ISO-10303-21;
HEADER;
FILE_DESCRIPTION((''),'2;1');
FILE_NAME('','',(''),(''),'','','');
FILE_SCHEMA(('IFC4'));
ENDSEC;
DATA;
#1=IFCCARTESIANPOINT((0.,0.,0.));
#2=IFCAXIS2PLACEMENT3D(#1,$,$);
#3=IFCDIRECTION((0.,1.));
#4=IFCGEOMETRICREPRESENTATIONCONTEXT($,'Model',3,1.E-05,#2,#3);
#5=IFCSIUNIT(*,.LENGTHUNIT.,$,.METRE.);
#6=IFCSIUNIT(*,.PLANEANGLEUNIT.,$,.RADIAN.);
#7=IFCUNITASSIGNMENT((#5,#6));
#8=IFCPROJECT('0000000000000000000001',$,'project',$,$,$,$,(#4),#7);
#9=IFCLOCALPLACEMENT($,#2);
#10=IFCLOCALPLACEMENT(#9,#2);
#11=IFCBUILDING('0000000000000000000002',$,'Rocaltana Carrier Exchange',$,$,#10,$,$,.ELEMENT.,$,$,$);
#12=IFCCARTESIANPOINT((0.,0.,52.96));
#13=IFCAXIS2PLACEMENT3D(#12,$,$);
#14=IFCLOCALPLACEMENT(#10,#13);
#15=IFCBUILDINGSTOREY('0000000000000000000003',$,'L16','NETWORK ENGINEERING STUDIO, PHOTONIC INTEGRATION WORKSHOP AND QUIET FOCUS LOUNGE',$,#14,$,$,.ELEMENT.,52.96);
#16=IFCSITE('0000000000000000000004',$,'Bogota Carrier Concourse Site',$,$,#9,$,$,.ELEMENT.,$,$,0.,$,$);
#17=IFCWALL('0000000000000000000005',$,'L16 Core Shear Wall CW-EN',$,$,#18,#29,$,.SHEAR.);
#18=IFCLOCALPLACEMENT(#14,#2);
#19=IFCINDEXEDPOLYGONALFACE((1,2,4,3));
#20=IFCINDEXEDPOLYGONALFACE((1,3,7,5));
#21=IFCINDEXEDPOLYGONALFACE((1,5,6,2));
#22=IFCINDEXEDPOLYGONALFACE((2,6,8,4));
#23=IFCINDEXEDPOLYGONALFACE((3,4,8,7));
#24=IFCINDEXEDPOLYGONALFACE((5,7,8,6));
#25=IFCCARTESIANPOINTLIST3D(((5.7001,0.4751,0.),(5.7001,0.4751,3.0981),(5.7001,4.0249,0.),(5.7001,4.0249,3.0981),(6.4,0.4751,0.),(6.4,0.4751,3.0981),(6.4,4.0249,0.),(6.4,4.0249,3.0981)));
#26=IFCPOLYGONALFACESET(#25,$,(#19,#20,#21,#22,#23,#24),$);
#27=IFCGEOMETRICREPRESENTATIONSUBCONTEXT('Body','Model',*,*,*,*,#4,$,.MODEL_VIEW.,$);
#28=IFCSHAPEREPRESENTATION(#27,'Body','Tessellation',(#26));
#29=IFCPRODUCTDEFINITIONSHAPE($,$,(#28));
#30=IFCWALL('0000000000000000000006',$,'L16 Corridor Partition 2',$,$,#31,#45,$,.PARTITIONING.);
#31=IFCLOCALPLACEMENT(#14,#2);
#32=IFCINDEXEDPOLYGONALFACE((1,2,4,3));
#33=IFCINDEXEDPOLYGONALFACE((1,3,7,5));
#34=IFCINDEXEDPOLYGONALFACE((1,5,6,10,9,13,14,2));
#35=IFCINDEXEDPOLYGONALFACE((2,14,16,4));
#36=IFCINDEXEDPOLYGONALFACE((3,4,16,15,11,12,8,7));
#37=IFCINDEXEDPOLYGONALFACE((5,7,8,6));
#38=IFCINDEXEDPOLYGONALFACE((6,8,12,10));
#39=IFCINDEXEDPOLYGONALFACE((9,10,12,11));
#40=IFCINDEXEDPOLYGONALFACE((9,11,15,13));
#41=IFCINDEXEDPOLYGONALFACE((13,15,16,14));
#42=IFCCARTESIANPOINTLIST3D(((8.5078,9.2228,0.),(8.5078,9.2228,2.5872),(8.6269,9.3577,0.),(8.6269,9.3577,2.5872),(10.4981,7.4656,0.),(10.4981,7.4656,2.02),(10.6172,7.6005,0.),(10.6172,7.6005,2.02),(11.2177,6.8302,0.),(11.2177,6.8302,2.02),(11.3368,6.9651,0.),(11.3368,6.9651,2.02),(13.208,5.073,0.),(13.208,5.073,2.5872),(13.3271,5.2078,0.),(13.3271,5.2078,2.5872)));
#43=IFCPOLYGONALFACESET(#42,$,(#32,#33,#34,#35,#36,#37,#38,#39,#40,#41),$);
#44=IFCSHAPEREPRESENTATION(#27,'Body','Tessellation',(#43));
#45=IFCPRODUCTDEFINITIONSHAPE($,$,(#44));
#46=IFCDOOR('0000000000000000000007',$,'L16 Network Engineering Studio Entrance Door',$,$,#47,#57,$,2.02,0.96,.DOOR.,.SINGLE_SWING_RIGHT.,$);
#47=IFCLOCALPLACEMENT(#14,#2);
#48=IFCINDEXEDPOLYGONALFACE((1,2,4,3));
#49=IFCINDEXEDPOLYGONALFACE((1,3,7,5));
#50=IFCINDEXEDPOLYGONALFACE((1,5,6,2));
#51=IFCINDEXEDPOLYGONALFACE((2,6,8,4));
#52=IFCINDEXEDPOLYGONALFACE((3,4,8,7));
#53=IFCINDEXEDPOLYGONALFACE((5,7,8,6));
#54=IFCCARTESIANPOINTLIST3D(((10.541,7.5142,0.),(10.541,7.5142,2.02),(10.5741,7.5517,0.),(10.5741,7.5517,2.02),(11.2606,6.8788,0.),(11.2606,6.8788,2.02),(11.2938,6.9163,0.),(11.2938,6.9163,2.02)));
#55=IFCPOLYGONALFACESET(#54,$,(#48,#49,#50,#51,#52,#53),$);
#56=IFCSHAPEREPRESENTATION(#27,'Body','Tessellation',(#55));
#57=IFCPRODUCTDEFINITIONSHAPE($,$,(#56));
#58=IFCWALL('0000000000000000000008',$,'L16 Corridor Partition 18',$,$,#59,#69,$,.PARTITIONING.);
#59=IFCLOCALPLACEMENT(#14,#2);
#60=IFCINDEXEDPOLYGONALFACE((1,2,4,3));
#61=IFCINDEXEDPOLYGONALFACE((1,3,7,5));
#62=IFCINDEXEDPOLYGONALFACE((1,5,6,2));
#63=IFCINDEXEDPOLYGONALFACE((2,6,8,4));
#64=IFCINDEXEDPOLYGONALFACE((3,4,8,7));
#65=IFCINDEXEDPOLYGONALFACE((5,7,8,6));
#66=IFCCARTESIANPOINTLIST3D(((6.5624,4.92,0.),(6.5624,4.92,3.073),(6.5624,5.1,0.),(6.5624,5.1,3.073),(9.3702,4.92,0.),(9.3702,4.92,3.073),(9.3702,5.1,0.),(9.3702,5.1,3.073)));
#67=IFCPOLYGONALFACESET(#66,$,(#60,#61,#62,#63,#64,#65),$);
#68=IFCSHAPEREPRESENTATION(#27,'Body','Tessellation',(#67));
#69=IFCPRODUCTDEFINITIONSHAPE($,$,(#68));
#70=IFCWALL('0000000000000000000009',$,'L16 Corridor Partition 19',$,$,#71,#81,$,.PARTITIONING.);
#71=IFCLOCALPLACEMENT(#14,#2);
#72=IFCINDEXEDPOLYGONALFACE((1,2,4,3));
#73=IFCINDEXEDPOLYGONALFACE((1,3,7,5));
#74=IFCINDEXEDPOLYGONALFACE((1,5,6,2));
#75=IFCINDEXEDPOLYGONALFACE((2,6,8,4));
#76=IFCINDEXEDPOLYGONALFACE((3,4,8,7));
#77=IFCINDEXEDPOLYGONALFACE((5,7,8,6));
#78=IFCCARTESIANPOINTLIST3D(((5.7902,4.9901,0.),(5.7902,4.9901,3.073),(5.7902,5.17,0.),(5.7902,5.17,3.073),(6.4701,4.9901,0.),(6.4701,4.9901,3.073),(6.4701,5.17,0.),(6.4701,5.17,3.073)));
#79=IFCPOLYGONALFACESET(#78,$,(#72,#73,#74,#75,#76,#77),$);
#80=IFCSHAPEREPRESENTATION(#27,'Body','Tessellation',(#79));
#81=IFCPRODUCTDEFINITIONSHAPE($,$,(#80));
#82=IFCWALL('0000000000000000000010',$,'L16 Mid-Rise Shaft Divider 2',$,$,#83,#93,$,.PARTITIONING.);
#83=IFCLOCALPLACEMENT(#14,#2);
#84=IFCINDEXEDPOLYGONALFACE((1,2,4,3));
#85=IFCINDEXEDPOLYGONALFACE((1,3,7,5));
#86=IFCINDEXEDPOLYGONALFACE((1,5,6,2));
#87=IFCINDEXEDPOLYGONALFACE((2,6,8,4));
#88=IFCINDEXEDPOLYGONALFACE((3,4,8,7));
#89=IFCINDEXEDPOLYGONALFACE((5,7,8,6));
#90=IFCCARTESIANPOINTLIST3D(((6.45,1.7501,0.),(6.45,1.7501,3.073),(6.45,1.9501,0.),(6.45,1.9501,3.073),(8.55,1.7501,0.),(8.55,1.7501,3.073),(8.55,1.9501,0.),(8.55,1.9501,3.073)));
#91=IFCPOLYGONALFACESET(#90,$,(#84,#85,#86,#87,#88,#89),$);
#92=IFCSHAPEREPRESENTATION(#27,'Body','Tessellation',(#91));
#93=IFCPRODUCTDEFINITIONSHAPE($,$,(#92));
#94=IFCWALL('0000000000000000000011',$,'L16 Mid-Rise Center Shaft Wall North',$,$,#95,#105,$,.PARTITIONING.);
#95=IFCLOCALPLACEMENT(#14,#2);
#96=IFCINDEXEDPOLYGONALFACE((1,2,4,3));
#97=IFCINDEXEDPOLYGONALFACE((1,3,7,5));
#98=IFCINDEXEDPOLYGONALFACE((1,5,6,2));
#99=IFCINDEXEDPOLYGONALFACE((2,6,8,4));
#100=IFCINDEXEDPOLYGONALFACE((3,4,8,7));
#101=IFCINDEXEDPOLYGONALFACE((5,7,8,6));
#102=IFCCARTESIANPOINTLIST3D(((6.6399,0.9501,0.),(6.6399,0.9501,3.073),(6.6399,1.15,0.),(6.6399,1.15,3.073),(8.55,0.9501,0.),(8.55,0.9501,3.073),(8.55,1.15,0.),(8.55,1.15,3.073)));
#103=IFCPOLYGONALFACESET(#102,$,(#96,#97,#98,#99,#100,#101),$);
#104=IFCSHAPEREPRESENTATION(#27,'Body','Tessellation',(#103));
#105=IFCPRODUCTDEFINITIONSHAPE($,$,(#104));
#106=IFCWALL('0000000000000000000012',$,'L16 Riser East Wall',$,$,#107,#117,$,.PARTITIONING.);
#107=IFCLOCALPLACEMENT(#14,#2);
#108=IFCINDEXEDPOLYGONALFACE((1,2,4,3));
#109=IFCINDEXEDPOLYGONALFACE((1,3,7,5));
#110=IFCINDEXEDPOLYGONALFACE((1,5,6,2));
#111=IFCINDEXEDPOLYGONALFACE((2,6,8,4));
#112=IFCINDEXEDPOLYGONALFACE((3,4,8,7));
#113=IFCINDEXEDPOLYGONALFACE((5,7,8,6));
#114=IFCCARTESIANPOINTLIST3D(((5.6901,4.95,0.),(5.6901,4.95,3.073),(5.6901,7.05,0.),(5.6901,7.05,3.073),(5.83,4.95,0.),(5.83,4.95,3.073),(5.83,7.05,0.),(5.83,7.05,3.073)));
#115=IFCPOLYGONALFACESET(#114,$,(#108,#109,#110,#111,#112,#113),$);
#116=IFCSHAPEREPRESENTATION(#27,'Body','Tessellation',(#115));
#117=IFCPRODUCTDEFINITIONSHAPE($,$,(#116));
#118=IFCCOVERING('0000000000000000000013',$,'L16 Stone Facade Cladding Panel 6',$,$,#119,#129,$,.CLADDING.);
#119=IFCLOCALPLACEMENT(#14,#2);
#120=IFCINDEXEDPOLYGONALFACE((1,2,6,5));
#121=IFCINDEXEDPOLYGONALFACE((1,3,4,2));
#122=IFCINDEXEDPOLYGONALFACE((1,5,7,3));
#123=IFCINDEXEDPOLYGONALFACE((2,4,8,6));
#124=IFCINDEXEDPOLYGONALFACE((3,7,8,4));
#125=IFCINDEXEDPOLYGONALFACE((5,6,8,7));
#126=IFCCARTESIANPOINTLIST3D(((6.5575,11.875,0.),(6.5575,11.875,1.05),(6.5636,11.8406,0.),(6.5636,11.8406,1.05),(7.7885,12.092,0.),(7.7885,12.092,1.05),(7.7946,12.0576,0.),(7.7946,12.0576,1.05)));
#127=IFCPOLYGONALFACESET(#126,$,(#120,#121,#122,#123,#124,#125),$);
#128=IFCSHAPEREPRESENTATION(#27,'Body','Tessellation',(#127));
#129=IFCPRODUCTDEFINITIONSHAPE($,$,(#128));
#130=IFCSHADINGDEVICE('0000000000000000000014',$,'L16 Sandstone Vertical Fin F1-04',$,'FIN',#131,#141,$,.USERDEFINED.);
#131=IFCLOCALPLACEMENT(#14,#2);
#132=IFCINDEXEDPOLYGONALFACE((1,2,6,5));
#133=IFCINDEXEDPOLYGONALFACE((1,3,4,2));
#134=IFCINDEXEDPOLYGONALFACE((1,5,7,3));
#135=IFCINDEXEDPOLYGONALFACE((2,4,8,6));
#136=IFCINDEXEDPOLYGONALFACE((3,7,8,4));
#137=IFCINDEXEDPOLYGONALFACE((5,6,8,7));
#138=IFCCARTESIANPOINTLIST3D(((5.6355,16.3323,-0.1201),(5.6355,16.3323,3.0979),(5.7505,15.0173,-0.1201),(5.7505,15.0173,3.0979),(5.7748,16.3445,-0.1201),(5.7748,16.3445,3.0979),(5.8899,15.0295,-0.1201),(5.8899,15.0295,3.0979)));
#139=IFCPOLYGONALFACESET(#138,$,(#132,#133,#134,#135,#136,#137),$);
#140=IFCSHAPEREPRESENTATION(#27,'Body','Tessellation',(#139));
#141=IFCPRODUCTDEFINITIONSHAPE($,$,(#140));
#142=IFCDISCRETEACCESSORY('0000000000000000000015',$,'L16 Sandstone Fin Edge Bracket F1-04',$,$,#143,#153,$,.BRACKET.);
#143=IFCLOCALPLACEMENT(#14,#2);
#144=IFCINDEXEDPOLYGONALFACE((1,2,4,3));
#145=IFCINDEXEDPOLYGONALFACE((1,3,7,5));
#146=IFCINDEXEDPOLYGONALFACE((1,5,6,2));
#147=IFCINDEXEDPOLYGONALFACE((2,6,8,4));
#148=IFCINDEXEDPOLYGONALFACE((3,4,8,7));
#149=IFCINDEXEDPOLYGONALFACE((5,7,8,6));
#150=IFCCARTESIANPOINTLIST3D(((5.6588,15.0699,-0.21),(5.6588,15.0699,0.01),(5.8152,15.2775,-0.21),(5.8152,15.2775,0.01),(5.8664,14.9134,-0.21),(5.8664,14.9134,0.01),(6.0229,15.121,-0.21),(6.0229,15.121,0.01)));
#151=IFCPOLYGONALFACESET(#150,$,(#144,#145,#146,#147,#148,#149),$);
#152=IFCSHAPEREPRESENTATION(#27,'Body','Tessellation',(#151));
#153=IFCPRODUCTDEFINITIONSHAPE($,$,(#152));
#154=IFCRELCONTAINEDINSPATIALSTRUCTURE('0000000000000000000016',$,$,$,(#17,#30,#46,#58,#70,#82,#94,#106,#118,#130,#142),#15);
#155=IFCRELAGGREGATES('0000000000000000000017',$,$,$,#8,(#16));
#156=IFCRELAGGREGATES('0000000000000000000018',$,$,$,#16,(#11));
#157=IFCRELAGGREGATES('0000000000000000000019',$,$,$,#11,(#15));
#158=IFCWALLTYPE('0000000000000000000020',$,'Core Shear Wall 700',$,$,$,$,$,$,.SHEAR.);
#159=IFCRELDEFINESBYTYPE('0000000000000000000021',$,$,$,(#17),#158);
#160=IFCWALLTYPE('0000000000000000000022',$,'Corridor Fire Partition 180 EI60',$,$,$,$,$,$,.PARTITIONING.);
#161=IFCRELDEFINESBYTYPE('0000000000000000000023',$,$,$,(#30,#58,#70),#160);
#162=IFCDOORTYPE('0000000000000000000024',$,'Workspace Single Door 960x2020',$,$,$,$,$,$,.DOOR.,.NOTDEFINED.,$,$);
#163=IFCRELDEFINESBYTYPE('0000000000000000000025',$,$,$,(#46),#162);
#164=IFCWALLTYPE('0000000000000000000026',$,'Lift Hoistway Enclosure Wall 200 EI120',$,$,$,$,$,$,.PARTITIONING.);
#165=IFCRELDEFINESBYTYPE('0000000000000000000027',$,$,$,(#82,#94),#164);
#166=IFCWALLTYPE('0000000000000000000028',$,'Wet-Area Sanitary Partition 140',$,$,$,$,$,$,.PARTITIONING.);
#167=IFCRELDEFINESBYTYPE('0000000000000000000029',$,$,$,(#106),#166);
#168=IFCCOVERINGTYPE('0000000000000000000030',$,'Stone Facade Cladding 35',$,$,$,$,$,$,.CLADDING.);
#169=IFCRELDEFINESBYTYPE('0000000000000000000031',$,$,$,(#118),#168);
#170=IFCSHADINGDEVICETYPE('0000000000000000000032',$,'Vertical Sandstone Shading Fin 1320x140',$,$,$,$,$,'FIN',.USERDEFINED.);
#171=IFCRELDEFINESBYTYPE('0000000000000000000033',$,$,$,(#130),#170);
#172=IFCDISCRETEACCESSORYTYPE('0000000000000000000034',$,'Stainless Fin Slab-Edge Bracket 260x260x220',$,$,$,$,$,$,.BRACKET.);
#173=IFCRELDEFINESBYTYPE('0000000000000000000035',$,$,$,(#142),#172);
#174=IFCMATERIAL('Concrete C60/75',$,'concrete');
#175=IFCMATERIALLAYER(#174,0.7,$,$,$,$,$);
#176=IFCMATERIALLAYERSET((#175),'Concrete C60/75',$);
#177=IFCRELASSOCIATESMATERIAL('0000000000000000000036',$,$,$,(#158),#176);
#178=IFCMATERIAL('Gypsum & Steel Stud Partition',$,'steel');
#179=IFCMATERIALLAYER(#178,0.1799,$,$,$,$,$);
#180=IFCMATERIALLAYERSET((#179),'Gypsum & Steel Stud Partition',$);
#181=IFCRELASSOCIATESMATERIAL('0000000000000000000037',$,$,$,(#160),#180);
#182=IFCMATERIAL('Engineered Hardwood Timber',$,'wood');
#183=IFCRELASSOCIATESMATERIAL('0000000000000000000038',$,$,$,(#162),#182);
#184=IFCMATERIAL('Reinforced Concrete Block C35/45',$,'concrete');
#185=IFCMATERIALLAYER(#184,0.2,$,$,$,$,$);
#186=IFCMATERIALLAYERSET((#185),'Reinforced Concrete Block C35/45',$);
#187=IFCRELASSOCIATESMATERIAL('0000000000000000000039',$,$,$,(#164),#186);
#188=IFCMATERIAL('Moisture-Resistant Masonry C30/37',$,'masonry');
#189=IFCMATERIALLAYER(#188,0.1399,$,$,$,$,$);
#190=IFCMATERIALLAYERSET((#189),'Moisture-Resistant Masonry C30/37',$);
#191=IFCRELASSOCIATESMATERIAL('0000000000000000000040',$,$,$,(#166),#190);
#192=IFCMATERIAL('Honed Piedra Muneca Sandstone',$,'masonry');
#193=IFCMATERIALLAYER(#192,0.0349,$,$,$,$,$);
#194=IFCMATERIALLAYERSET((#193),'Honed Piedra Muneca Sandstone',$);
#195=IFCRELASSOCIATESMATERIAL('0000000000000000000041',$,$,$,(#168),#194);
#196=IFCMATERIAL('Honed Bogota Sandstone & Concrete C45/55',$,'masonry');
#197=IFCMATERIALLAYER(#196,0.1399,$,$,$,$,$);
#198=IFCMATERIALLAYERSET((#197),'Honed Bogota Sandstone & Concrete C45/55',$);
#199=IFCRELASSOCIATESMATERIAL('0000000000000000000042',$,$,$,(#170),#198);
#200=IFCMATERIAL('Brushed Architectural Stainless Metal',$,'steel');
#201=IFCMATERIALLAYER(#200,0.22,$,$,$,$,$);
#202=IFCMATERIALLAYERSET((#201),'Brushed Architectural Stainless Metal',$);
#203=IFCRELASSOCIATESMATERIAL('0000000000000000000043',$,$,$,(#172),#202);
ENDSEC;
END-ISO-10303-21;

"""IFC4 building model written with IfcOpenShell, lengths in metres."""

from ifc_helpers import new_model, si_unit, direction, frame, frame_2d, origin, origin_2d, place, context, subcontext, project, spatial, rectangle, extrude, material, layer, layer_set, type_object, element, fill, save


model = new_model("IFC4")

# Units and contexts
model_context = context("Model", 3, precision=1e-05, world=origin(), true_north=direction((0.0, 1.0)))
body_context = subcontext(model_context, "Body", "Model", "MODEL_VIEW")
ifc_project = project(units=[si_unit("LENGTHUNIT", "METRE"), si_unit("PLANEANGLEUNIT", "RADIAN")], contexts=[model_context])

# Site, building, storey
site_placement = place(None, origin())
site = spatial("IfcSite", under=ifc_project, at=site_placement, Name="Bogota Carrier Concourse Site", CompositionType="ELEMENT", RefElevation=0.0)
building_placement = place(site_placement, origin())
building = spatial("IfcBuilding", under=site, at=building_placement, Name="Rocaltana Carrier Exchange", CompositionType="ELEMENT")
storey_placement = place(building_placement, frame((0.0, 0.0, 52.96)))
storey = spatial("IfcBuildingStorey", under=building, at=storey_placement, Name="L16", Description="NETWORK ENGINEERING STUDIO, PHOTONIC INTEGRATION WORKSHOP AND QUIET FOCUS LOUNGE", CompositionType="ELEMENT", Elevation=52.96)

# Wall
ifc_material_1 = material(Name="Concrete C60/75", Category="concrete")
ifc_layer_1 = layer(ifc_material_1, 0.7)
ifc_layer_set_1 = layer_set([ifc_layer_1], Name="Concrete C60/75")
wall_type_1 = type_object("IfcWallType", Name="Core Shear Wall 700", PredefinedType="SHEAR", material=ifc_layer_set_1)
wall_1_placement = place(storey_placement, frame((6.05, 0.4751, 0.0), z_axis=(0.0, 0.0, 1.0), x_axis=(0.0, 1.0, 0.0)))
element("IfcWall", 1, at=wall_1_placement, inside=storey, type_object=wall_type_1, Name="L16 Core Shear Wall CW-EN", PredefinedType="SHEAR", context=body_context, shape_type="SweptSolid", body=[
    extrude(rectangle(XDim=3.5498, YDim=0.7, at=frame_2d((1.7749, 0.0))), origin(), (0.0, 0.0, 1.0), 3.0981),
])

# Wall, opening, door
ifc_material_2 = material(Name="Gypsum & Steel Stud Partition", Category="steel")
ifc_layer_2 = layer(ifc_material_2, 0.1799)
ifc_layer_set_2 = layer_set([ifc_layer_2], Name="Gypsum & Steel Stud Partition")
wall_type_2 = type_object("IfcWallType", Name="Corridor Fire Partition 180 EI60", PredefinedType="PARTITIONING", material=ifc_layer_set_2)
wall_2_placement = place(storey_placement, frame((8.5674, 9.2903, 0.0), z_axis=(0.0, 0.0, 1.0), x_axis=(0.749626, -0.661861, 0.0)))
wall_2 = element("IfcWall", 2, at=wall_2_placement, inside=storey, type_object=wall_type_2, Name="L16 Corridor Partition 2", PredefinedType="PARTITIONING", context=body_context, shape_type="SweptSolid", body=[
    extrude(rectangle(XDim=6.27, YDim=0.1799, at=frame_2d((3.135, 0.0))), origin(), (0.0, 0.0, 1.0), 2.5872),
])
opening_placement = place(wall_2_placement, frame((2.655, 0.0, 0.0)))
opening = element("IfcOpeningElement", 3, at=opening_placement, cuts=wall_2, PredefinedType="OPENING", context=body_context, shape_type="SweptSolid", body=[
    extrude(rectangle(XDim=0.96, YDim=2.02, at=frame_2d((0.48, 1.01))), frame((0.0, 0.0999, 0.0), z_axis=(0.0, -1.0, 0.0), x_axis=(1.0, 0.0, 0.0)), (0.0, 0.0, 1.0), 0.2),
])
ifc_material_3 = material(Name="Engineered Hardwood Timber", Category="wood")
door_type = type_object("IfcDoorType", Name="Workspace Single Door 960x2020", OperationType="NOTDEFINED", PredefinedType="DOOR", material=ifc_material_3)
door_placement = place(opening_placement, origin())
door = element("IfcDoor", 4, at=door_placement, inside=storey, type_object=door_type, Name="L16 Network Engineering Studio Entrance Door", OperationType="SINGLE_SWING_RIGHT", OverallHeight=2.02, OverallWidth=0.96, PredefinedType="DOOR", context=body_context, shape_type="SweptSolid", body=[
    extrude(rectangle(XDim=0.96, YDim=2.02, at=frame_2d((0.48, 1.01))), frame((0.0, 0.0249, 0.0), z_axis=(0.0, -1.0, 0.0), x_axis=(1.0, 0.0, 0.0)), (0.0, 0.0, 1.0), 0.05),
])
fill(opening, door)

# Walls
wall_3_placement = place(storey_placement, frame((9.3701, 5.01, 0.0), z_axis=(0.0, 0.0, 1.0), x_axis=(-1.0, 0.0, 0.0)))
element("IfcWall", 5, at=wall_3_placement, inside=storey, type_object=wall_type_2, Name="L16 Corridor Partition 18", PredefinedType="PARTITIONING", context=body_context, shape_type="SweptSolid", body=[
    extrude(rectangle(XDim=2.8079, YDim=0.1799, at=frame_2d((1.4038, 0.0))), origin(), (0.0, 0.0, 1.0), 3.073),
])
wall_4_placement = place(storey_placement, frame((6.47, 5.0801, 0.0), z_axis=(0.0, 0.0, 1.0), x_axis=(-1.0, 0.0, 0.0)))
element("IfcWall", 6, at=wall_4_placement, inside=storey, type_object=wall_type_2, Name="L16 Corridor Partition 19", PredefinedType="PARTITIONING", context=body_context, shape_type="SweptSolid", body=[
    extrude(rectangle(XDim=0.6799, YDim=0.1799, at=frame_2d((0.3398, 0.0))), origin(), (0.0, 0.0, 1.0), 3.073),
])
ifc_material_4 = material(Name="Reinforced Concrete Block C35/45", Category="concrete")
ifc_layer_3 = layer(ifc_material_4, 0.2)
ifc_layer_set_3 = layer_set([ifc_layer_3], Name="Reinforced Concrete Block C35/45")
wall_type_3 = type_object("IfcWallType", Name="Lift Hoistway Enclosure Wall 200 EI120", PredefinedType="PARTITIONING", material=ifc_layer_set_3)
wall_5_placement = place(storey_placement, frame((6.45, 1.8501, 0.0), z_axis=(0.0, 0.0, 1.0), x_axis=(1.0, 0.0, 0.0)))
element("IfcWall", 7, at=wall_5_placement, inside=storey, type_object=wall_type_3, Name="L16 Mid-Rise Shaft Divider 2", PredefinedType="PARTITIONING", context=body_context, shape_type="SweptSolid", body=[
    extrude(rectangle(XDim=2.1001, YDim=0.2, at=frame_2d((1.05, 0.0))), origin(), (0.0, 0.0, 1.0), 3.073),
])
wall_6_placement = place(storey_placement, frame((6.6399, 1.05, 0.0), z_axis=(0.0, 0.0, 1.0), x_axis=(1.0, 0.0, 0.0)))
element("IfcWall", 8, at=wall_6_placement, inside=storey, type_object=wall_type_3, Name="L16 Mid-Rise Center Shaft Wall North", PredefinedType="PARTITIONING", context=body_context, shape_type="SweptSolid", body=[
    extrude(rectangle(XDim=1.9102, YDim=0.2, at=frame_2d((0.9551, 0.0))), origin(), (0.0, 0.0, 1.0), 3.073),
])
ifc_material_5 = material(Name="Moisture-Resistant Masonry C30/37", Category="masonry")
ifc_layer_4 = layer(ifc_material_5, 0.1399)
ifc_layer_set_4 = layer_set([ifc_layer_4], Name="Moisture-Resistant Masonry C30/37")
wall_type_4 = type_object("IfcWallType", Name="Wet-Area Sanitary Partition 140", PredefinedType="PARTITIONING", material=ifc_layer_set_4)
wall_7_placement = place(storey_placement, frame((5.76, 4.95, 0.0), z_axis=(0.0, 0.0, 1.0), x_axis=(0.0, 1.0, 0.0)))
element("IfcWall", 9, at=wall_7_placement, inside=storey, type_object=wall_type_4, Name="L16 Riser East Wall", PredefinedType="PARTITIONING", context=body_context, shape_type="SweptSolid", body=[
    extrude(rectangle(XDim=2.1001, YDim=0.1399, at=frame_2d((1.05, 0.0))), origin(), (0.0, 0.0, 1.0), 3.073),
])

# Covering
ifc_material_6 = material(Name="Honed Piedra Muneca Sandstone", Category="masonry")
ifc_layer_5 = layer(ifc_material_6, 0.0349)
ifc_layer_set_5 = layer_set([ifc_layer_5], Name="Honed Piedra Muneca Sandstone")
covering_type = type_object("IfcCoveringType", Name="Stone Facade Cladding 35", PredefinedType="CLADDING", material=ifc_layer_set_5)
covering_placement = place(storey_placement, frame((7.176, 11.9663, 0.0), z_axis=(0.0, 0.0, 1.0), x_axis=(0.984808, 0.173648, 0.0)))
element("IfcCovering", 10, at=covering_placement, inside=storey, type_object=covering_type, Name="L16 Stone Facade Cladding Panel 6", PredefinedType="CLADDING", context=body_context, shape_type="SweptSolid", body=[
    extrude(rectangle(XDim=1.25, YDim=0.0349, at=origin_2d()), origin(), (0.0, 0.0, 1.0), 1.05),
])

# Shading device
ifc_material_7 = material(Name="Honed Bogota Sandstone & Concrete C45/55", Category="masonry")
ifc_layer_6 = layer(ifc_material_7, 0.1399)
ifc_layer_set_6 = layer_set([ifc_layer_6], Name="Honed Bogota Sandstone & Concrete C45/55")
shading_device_type = type_object("IfcShadingDeviceType", Name="Vertical Sandstone Shading Fin 1320x140", ElementType="FIN", PredefinedType="USERDEFINED", material=ifc_layer_set_6)
shading_device_placement = place(storey_placement, frame((5.7627, 15.6809, -0.1201), z_axis=(0.0, 0.0, 1.0), x_axis=(-0.087156, 0.996195, 0.0)))
element("IfcShadingDevice", 11, at=shading_device_placement, inside=storey, type_object=shading_device_type, Name="L16 Sandstone Vertical Fin F1-04", ObjectType="FIN", PredefinedType="USERDEFINED", context=body_context, shape_type="SweptSolid", body=[
    extrude(rectangle(XDim=1.3201, YDim=0.1399, at=origin_2d()), origin(), (0.0, 0.0, 1.0), 3.218),
])

# Discrete accessory
ifc_material_8 = material(Name="Brushed Architectural Stainless Metal", Category="steel")
ifc_layer_7 = layer(ifc_material_8, 0.22)
ifc_layer_set_7 = layer_set([ifc_layer_7], Name="Brushed Architectural Stainless Metal")
discrete_accessory_type = type_object("IfcDiscreteAccessoryType", Name="Stainless Fin Slab-Edge Bracket 260x260x220", PredefinedType="BRACKET", material=ifc_layer_set_7)
discrete_accessory_placement = place(storey_placement, frame((5.8408, 15.0955, -0.21), z_axis=(0.0, 0.0, 1.0), x_axis=(-0.798636, 0.601815, 0.0)))
element("IfcDiscreteAccessory", 12, at=discrete_accessory_placement, inside=storey, type_object=discrete_accessory_type, Name="L16 Sandstone Fin Edge Bracket F1-04", PredefinedType="BRACKET", context=body_context, shape_type="SweptSolid", body=[
    extrude(rectangle(XDim=0.26, YDim=0.26, at=origin_2d()), origin(), (0.0, 0.0, 1.0), 0.22),
])

save(model, "model.ifc")
